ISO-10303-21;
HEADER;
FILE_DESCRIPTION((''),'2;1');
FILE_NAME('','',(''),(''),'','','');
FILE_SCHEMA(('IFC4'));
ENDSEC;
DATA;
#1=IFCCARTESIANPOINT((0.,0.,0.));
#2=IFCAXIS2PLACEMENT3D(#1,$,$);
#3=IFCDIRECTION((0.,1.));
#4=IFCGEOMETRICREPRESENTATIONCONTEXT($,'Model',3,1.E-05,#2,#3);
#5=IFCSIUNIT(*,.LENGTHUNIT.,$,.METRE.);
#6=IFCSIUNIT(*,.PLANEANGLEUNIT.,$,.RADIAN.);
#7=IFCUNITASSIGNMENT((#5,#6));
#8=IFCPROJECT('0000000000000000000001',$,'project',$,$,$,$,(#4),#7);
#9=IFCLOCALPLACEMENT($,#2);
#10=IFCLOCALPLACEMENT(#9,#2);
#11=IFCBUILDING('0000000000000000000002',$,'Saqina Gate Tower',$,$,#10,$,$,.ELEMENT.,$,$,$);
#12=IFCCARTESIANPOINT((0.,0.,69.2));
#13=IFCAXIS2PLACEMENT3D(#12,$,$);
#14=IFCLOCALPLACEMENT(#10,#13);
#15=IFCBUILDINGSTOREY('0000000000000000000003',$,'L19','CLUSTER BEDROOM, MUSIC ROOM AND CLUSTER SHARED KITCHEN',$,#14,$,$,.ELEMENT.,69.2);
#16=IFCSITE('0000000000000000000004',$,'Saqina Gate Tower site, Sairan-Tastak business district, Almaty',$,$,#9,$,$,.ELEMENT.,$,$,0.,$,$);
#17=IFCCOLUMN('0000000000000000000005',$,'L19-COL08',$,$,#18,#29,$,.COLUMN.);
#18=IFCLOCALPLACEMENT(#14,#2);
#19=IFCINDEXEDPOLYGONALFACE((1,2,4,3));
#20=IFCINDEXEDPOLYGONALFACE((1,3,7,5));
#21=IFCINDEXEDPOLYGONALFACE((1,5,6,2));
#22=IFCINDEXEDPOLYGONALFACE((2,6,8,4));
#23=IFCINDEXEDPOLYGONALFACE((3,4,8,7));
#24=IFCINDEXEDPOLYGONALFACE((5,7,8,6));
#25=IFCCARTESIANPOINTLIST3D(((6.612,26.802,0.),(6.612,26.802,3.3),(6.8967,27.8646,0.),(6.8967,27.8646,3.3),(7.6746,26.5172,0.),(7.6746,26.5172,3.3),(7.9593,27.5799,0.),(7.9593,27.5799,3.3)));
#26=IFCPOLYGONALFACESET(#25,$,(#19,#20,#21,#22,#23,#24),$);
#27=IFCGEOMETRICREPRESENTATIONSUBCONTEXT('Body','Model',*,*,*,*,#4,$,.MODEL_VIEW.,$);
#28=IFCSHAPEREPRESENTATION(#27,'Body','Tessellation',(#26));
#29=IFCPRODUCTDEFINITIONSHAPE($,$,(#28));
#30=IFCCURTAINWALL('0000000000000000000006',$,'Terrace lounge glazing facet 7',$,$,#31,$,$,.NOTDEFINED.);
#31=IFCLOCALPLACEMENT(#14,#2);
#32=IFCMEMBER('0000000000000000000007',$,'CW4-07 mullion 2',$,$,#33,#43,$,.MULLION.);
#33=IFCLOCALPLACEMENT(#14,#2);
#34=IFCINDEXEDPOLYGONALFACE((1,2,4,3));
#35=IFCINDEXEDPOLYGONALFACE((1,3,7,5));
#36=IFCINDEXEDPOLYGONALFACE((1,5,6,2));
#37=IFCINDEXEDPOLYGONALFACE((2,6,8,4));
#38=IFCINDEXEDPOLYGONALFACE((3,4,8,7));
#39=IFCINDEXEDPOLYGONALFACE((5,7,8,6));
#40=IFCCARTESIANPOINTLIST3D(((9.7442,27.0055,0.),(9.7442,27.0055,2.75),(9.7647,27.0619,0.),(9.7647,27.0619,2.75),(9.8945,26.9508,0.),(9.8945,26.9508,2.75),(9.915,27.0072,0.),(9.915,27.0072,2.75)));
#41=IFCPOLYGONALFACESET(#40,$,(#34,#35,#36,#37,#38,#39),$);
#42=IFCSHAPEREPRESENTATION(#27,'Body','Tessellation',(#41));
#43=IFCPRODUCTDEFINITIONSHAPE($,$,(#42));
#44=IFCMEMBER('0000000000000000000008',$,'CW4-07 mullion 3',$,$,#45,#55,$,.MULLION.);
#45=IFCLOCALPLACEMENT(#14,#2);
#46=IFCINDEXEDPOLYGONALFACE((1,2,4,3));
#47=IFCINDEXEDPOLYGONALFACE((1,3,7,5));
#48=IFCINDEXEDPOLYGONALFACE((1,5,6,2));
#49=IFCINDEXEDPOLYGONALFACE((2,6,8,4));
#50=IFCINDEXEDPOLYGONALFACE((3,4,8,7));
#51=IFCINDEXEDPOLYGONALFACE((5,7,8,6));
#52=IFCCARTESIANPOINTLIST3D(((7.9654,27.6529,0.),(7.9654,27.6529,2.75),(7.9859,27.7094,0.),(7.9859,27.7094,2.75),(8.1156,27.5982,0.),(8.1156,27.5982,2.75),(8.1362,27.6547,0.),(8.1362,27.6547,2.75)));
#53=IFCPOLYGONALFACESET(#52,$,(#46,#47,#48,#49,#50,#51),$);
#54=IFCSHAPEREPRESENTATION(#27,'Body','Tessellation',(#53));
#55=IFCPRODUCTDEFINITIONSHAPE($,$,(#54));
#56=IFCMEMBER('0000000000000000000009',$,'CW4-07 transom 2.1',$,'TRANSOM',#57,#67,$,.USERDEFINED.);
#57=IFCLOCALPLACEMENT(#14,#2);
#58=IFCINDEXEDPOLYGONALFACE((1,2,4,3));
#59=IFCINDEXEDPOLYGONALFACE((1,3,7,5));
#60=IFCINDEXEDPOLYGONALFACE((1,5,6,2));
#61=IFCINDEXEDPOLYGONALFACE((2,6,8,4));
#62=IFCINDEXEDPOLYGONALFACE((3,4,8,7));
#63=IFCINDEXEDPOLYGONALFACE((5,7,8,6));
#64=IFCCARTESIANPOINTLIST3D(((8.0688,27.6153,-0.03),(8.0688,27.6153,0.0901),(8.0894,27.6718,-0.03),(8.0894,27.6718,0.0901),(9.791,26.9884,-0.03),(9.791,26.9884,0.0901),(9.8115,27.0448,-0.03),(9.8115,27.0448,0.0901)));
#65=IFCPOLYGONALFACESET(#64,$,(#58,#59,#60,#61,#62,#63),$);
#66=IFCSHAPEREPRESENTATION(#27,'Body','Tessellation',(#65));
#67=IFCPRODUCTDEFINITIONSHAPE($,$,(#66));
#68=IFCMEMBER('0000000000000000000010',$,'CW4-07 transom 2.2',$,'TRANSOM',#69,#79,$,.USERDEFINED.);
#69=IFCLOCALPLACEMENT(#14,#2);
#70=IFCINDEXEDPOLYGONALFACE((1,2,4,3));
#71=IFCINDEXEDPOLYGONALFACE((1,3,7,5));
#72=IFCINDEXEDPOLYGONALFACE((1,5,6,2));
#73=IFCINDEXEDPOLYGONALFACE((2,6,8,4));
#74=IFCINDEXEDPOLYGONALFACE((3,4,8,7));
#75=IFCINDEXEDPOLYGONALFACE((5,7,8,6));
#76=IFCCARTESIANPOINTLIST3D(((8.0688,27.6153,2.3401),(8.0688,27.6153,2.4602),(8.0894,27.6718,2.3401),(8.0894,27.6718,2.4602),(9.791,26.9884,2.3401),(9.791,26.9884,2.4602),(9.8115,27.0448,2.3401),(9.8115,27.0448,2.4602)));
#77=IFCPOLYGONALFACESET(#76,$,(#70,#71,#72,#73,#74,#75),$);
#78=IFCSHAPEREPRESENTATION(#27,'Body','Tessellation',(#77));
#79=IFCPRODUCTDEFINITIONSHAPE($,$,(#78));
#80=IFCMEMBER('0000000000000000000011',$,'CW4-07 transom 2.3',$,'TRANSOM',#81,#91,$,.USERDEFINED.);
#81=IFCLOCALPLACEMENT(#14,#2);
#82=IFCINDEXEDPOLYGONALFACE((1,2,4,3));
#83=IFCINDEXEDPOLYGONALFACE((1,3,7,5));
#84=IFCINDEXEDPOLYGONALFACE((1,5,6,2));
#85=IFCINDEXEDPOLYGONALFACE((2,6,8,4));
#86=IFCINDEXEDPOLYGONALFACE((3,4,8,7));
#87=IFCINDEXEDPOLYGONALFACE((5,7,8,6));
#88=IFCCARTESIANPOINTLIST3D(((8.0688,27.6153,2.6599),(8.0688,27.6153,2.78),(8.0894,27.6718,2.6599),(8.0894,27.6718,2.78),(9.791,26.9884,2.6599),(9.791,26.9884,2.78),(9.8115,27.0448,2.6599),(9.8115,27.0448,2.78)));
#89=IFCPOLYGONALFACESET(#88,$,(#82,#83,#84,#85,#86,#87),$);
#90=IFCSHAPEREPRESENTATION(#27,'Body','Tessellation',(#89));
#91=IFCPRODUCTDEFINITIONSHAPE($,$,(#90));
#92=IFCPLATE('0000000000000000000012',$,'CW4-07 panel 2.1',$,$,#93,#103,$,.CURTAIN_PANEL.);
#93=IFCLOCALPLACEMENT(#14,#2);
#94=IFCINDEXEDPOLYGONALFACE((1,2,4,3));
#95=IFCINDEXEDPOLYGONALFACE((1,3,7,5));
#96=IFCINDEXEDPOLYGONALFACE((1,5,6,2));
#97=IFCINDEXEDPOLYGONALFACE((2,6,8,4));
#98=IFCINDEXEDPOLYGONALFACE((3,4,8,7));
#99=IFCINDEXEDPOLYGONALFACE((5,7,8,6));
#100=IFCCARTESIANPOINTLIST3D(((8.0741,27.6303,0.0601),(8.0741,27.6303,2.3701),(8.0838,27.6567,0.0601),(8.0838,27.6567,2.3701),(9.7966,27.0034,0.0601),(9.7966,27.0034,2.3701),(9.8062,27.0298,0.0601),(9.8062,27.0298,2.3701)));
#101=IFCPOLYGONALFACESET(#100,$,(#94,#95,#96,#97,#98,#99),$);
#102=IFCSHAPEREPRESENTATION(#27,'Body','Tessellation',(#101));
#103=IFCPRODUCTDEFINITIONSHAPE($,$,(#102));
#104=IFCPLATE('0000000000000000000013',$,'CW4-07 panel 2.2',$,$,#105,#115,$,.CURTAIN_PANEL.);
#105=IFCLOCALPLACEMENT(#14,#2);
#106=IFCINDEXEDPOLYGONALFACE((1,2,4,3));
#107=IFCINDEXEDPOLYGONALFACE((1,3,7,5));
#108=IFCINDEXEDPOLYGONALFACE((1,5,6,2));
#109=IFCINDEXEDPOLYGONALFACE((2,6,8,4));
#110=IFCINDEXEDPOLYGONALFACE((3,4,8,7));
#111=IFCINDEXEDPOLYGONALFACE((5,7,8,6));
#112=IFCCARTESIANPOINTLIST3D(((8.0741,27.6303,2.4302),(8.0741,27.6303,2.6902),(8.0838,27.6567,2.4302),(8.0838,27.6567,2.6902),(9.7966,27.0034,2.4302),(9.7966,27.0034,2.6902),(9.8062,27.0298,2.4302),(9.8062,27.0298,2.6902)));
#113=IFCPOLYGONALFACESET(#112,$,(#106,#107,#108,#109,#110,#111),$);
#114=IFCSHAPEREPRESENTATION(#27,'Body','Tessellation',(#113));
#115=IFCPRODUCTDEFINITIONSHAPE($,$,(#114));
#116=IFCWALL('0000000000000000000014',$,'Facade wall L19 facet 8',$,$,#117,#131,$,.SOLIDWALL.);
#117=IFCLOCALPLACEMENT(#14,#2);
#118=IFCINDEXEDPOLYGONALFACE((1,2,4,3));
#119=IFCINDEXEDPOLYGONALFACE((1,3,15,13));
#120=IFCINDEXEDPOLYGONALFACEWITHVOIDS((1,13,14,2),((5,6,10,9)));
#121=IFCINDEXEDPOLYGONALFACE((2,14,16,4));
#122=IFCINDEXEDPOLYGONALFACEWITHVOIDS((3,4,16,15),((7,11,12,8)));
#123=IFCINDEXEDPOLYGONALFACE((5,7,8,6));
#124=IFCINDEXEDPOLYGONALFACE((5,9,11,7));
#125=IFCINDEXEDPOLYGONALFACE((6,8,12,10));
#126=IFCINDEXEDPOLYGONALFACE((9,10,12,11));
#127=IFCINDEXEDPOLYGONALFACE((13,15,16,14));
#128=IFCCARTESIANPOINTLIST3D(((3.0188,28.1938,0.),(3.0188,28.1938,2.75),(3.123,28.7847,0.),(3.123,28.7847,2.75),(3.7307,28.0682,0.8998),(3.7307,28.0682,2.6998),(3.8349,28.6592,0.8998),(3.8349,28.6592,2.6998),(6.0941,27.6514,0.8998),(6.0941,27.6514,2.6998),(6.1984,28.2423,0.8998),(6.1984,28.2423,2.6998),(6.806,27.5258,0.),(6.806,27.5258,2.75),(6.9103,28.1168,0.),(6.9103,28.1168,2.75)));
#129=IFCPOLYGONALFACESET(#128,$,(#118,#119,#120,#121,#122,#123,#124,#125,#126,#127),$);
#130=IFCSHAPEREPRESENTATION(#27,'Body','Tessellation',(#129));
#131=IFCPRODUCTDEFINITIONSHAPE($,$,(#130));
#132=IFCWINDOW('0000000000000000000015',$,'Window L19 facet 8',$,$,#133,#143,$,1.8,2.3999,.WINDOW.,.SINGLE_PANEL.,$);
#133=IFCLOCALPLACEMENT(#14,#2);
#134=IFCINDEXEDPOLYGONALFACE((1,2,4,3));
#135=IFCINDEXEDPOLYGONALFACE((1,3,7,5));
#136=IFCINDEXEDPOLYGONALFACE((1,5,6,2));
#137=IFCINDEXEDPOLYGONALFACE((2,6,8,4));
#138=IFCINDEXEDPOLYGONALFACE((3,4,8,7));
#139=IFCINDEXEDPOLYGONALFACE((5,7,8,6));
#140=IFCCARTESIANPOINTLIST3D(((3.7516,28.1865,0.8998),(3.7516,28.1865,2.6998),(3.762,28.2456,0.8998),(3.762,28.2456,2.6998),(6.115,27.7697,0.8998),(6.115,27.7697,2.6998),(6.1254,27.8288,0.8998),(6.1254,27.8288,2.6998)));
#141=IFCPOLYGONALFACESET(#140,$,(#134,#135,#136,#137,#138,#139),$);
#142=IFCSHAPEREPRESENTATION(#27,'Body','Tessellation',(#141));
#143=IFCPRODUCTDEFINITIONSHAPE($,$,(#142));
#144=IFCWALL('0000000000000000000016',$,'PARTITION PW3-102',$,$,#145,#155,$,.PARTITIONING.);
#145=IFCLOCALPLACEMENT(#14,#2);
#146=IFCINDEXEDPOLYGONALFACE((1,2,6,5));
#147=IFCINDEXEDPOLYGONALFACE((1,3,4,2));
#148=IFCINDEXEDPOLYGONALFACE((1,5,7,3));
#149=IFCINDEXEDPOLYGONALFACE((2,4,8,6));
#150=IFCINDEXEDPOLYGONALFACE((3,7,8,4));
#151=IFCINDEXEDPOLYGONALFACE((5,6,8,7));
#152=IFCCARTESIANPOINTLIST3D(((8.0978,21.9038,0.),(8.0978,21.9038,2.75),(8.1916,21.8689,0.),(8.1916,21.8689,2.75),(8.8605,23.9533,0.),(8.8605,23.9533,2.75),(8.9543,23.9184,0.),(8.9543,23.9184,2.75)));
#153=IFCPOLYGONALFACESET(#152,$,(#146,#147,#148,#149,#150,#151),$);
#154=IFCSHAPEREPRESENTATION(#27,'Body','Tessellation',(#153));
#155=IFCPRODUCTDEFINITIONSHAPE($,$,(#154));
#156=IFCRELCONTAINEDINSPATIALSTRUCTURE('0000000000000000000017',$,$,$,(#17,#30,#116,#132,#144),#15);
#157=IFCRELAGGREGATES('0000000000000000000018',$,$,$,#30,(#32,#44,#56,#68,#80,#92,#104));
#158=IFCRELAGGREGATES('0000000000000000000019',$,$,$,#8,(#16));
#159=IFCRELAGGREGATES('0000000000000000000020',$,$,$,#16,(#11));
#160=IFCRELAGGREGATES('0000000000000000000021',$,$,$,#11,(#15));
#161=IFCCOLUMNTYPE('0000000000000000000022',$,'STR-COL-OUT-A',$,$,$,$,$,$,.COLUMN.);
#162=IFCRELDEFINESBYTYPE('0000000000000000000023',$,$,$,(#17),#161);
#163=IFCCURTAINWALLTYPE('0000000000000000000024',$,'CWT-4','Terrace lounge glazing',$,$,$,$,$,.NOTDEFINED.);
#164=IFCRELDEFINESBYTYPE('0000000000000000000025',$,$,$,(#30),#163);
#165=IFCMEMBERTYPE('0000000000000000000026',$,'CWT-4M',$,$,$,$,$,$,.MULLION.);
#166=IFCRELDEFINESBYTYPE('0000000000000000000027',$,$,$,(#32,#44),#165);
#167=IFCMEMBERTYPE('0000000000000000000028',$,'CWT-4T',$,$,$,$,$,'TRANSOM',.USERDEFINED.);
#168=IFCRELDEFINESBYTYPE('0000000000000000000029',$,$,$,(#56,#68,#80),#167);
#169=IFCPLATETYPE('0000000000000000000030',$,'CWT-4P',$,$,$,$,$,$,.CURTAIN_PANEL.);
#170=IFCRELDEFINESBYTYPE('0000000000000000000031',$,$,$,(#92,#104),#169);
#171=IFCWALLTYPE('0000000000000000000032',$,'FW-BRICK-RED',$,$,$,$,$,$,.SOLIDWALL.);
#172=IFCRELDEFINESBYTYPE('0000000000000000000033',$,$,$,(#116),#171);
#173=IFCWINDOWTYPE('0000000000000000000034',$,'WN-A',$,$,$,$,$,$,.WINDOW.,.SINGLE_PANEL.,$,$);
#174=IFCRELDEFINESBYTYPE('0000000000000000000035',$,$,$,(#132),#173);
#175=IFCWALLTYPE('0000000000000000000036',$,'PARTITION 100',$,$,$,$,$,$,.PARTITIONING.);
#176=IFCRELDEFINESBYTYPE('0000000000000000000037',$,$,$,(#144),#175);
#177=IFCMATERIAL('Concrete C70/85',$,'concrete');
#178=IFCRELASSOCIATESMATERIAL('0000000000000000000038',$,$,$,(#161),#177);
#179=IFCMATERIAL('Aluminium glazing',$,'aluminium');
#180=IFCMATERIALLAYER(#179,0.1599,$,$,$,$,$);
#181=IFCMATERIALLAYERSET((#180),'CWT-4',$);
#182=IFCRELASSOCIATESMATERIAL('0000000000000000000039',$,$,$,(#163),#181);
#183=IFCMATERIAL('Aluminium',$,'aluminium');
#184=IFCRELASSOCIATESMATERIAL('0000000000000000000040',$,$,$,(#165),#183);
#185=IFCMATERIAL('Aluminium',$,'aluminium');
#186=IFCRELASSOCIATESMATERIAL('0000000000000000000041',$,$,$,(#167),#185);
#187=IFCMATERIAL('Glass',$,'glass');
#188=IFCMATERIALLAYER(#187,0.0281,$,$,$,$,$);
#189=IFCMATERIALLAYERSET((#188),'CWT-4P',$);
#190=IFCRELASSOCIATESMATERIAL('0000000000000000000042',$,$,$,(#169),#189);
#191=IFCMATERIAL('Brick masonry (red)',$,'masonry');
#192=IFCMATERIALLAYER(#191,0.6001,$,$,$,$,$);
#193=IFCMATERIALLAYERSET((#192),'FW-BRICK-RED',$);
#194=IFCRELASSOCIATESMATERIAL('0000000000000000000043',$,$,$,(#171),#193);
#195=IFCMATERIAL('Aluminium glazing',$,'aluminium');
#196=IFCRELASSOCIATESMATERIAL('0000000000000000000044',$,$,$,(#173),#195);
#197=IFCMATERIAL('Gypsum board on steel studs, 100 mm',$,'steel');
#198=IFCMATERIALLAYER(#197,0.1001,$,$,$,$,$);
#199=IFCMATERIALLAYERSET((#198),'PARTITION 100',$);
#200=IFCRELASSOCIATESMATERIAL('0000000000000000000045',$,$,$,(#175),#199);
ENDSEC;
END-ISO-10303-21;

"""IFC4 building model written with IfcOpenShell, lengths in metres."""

from ifc_helpers import new_model, si_unit, direction, frame, frame_2d, origin, origin_2d, place, context, subcontext, project, spatial, rectangle, extrude, material, layer, layer_set, material_profile, profile_set, type_object, element, fill, aggregate, save


model = new_model("IFC4")

# Units and contexts
model_context = context("Model", 3, precision=1e-05, world=origin(), true_north=direction((0.0, 1.0)))
body_context = subcontext(model_context, "Body", "Model", "MODEL_VIEW")
ifc_project = project(units=[si_unit("LENGTHUNIT", "METRE"), si_unit("PLANEANGLEUNIT", "RADIAN")], contexts=[model_context])

# Site, building, storey
site_placement = place(None, origin())
site = spatial("IfcSite", under=ifc_project, at=site_placement, Name="Saqina Gate Tower site, Sairan-Tastak business district, Almaty", CompositionType="ELEMENT", RefElevation=0.0)
building_placement = place(site_placement, origin())
building = spatial("IfcBuilding", under=site, at=building_placement, Name="Saqina Gate Tower", CompositionType="ELEMENT")
storey_placement = place(building_placement, frame((0.0, 0.0, 69.2)))
storey = spatial("IfcBuildingStorey", under=building, at=storey_placement, Name="L19", Description="CLUSTER BEDROOM, MUSIC ROOM AND CLUSTER SHARED KITCHEN", CompositionType="ELEMENT", Elevation=69.2)

# Column
ifc_material_1 = material(Name="Concrete C70/85", Category="concrete")
ifc_material_profile_1 = material_profile(ifc_material_1, rectangle(XDim=1.1001, YDim=1.1001, at=origin_2d()), Name="RC 1100x1100")
ifc_profile_set_1 = profile_set([ifc_material_profile_1], Name="Concrete C70/85")
column_type = type_object("IfcColumnType", Name="STR-COL-OUT-A", PredefinedType="COLUMN", material=ifc_profile_set_1)
column_placement = place(storey_placement, frame((7.2856, 27.1909, 0.0), z_axis=(0.0, 0.0, 1.0), x_axis=(0.258819, 0.965926, 0.0)))
element("IfcColumn", 1, at=column_placement, inside=storey, type_object=column_type, Name="L19-COL08", PredefinedType="COLUMN", context=body_context, shape_type="SweptSolid", body=[
    extrude(rectangle(XDim=1.1001, YDim=1.1001, at=origin_2d()), origin(), (0.0, 0.0, 1.0), 3.3),
])

# Curtain wall, members, plates
ifc_material_2 = material(Name="Aluminium glazing", Category="aluminium")
ifc_layer_1 = layer(ifc_material_2, 0.1599)
ifc_layer_set_1 = layer_set([ifc_layer_1], Name="CWT-4")
curtain_wall_type = type_object("IfcCurtainWallType", Name="CWT-4", Description="Terrace lounge glazing", PredefinedType="NOTDEFINED", material=ifc_layer_set_1)
curtain_wall_placement = place(storey_placement, origin())
curtain_wall = element("IfcCurtainWall", 2, at=curtain_wall_placement, inside=storey, type_object=curtain_wall_type, Name="Terrace lounge glazing facet 7", PredefinedType="NOTDEFINED")
ifc_material_3 = material(Name="Aluminium", Category="aluminium")
ifc_material_profile_2 = material_profile(ifc_material_3, rectangle(XDim=0.0601, YDim=0.1599, at=origin_2d()), Name="Aluminium 60x160")
ifc_profile_set_2 = profile_set([ifc_material_profile_2], Name="Aluminium")
member_type_1 = type_object("IfcMemberType", Name="CWT-4M", PredefinedType="MULLION", material=ifc_profile_set_2)
member_1_placement = place(storey_placement, frame((9.8296, 27.0063, 0.0), z_axis=(0.0, 0.0, 1.0), x_axis=(-0.342008, -0.939697, 0.0)))
member_1 = element("IfcMember", 3, at=member_1_placement, type_object=member_type_1, Name="CW4-07 mullion 2", PredefinedType="MULLION", context=body_context, shape_type="SweptSolid", body=[
    extrude(rectangle(XDim=0.0601, YDim=0.1599, at=origin_2d()), origin(), (0.0, 0.0, 1.0), 2.75),
])
member_2_placement = place(storey_placement, frame((8.0508, 27.6538, 0.0), z_axis=(0.0, 0.0, 1.0), x_axis=(-0.342008, -0.939697, 0.0)))
member_2 = element("IfcMember", 4, at=member_2_placement, type_object=member_type_1, Name="CW4-07 mullion 3", PredefinedType="MULLION", context=body_context, shape_type="SweptSolid", body=[
    extrude(rectangle(XDim=0.0601, YDim=0.1599, at=origin_2d()), origin(), (0.0, 0.0, 1.0), 2.75),
])
ifc_material_4 = material(Name="Aluminium", Category="aluminium")
ifc_material_profile_3 = material_profile(ifc_material_4, rectangle(XDim=0.0601, YDim=0.1201, at=origin_2d()), Name="Aluminium 60x120")
ifc_profile_set_3 = profile_set([ifc_material_profile_3], Name="Aluminium")
member_type_2 = type_object("IfcMemberType", Name="CWT-4T", ElementType="TRANSOM", PredefinedType="USERDEFINED", material=ifc_profile_set_3)
member_3_placement = place(storey_placement, frame((9.8013, 27.0166, 0.03), z_axis=(-0.939669, 0.342085, 0.0), x_axis=(-0.342085, -0.939669, 0.0)))
member_3 = element("IfcMember", 5, at=member_3_placement, type_object=member_type_2, Name="CW4-07 transom 2.1", ObjectType="TRANSOM", PredefinedType="USERDEFINED", context=body_context, shape_type="SweptSolid", body=[
    extrude(rectangle(XDim=0.0601, YDim=0.1201, at=origin_2d()), origin(), (0.0, 0.0, 1.0), 1.8328),
])
member_4_placement = place(storey_placement, frame((9.8013, 27.0166, 2.4001), z_axis=(-0.939669, 0.342085, 0.0), x_axis=(-0.342085, -0.939669, 0.0)))
member_4 = element("IfcMember", 6, at=member_4_placement, type_object=member_type_2, Name="CW4-07 transom 2.2", ObjectType="TRANSOM", PredefinedType="USERDEFINED", context=body_context, shape_type="SweptSolid", body=[
    extrude(rectangle(XDim=0.0601, YDim=0.1201, at=origin_2d()), origin(), (0.0, 0.0, 1.0), 1.8328),
])
member_5_placement = place(storey_placement, frame((9.8013, 27.0166, 2.72), z_axis=(-0.939669, 0.342085, 0.0), x_axis=(-0.342085, -0.939669, 0.0)))
member_5 = element("IfcMember", 7, at=member_5_placement, type_object=member_type_2, Name="CW4-07 transom 2.3", ObjectType="TRANSOM", PredefinedType="USERDEFINED", context=body_context, shape_type="SweptSolid", body=[
    extrude(rectangle(XDim=0.0601, YDim=0.1201, at=origin_2d()), origin(), (0.0, 0.0, 1.0), 1.8328),
])
ifc_material_5 = material(Name="Glass", Category="glass")
ifc_layer_2 = layer(ifc_material_5, 0.0281)
ifc_layer_set_2 = layer_set([ifc_layer_2], Name="CWT-4P")
plate_type = type_object("IfcPlateType", Name="CWT-4P", PredefinedType="CURTAIN_PANEL", material=ifc_layer_set_2)
plate_1_placement = place(storey_placement, frame((8.9402, 27.3301, 0.0601), z_axis=(0.0, 0.0, 1.0), x_axis=(-0.939697, 0.342008, 0.0)))
plate_1 = element("IfcPlate", 8, at=plate_1_placement, type_object=plate_type, Name="CW4-07 panel 2.1", PredefinedType="CURTAIN_PANEL", context=body_context, shape_type="SweptSolid", body=[
    extrude(rectangle(XDim=1.833, YDim=0.0281, at=origin_2d()), origin(), (0.0, 0.0, 1.0), 2.3101),
])
plate_2_placement = place(storey_placement, frame((8.9402, 27.3301, 2.4302), z_axis=(0.0, 0.0, 1.0), x_axis=(-0.939697, 0.342008, 0.0)))
plate_2 = element("IfcPlate", 9, at=plate_2_placement, type_object=plate_type, Name="CW4-07 panel 2.2", PredefinedType="CURTAIN_PANEL", context=body_context, shape_type="SweptSolid", body=[
    extrude(rectangle(XDim=1.833, YDim=0.0281, at=origin_2d()), origin(), (0.0, 0.0, 1.0), 0.26),
])
aggregate(curtain_wall, [member_1, member_2, member_3, member_4, member_5, plate_1, plate_2])

# Wall, opening, window
ifc_material_6 = material(Name="Brick masonry (red)", Category="masonry")
ifc_layer_3 = layer(ifc_material_6, 0.6001)
ifc_layer_set_3 = layer_set([ifc_layer_3], Name="FW-BRICK-RED")
wall_type_1 = type_object("IfcWallType", Name="FW-BRICK-RED", PredefinedType="SOLIDWALL", material=ifc_layer_set_3)
wall_1_placement = place(storey_placement, frame((6.8582, 27.8213, 0.0), z_axis=(0.0, 0.0, 1.0), x_axis=(-0.984801, 0.173688, 0.0)))
wall_1 = element("IfcWall", 10, at=wall_1_placement, inside=storey, type_object=wall_type_1, Name="Facade wall L19 facet 8", PredefinedType="SOLIDWALL", context=body_context, shape_type="SweptSolid", body=[
    extrude(rectangle(XDim=3.8457, YDim=0.6001, at=frame_2d((1.9229, 0.0))), origin(), (0.0, 0.0, 1.0), 2.75),
])
opening_1_placement = place(wall_1_placement, frame((0.7229, 0.0, 0.8999)))
opening_1 = element("IfcOpeningElement", 11, at=opening_1_placement, cuts=wall_1, PredefinedType="OPENING", context=body_context, shape_type="SweptSolid", body=[
    extrude(rectangle(XDim=2.3999, YDim=1.8, at=frame_2d((1.2, 0.8999))), frame((0.0, 0.312, 0.0), z_axis=(0.0, -1.0, 0.0), x_axis=(1.0, 0.0, 0.0)), (0.0, 0.0, 1.0), 0.624),
])
ifc_material_7 = material(Name="Aluminium glazing", Category="aluminium")
window_type = type_object("IfcWindowType", Name="WN-A", PartitioningType="SINGLE_PANEL", PredefinedType="WINDOW", material=ifc_material_7)
window_placement = place(opening_1_placement, origin())
window = element("IfcWindow", 12, at=window_placement, inside=storey, type_object=window_type, Name="Window L19 facet 8", OverallHeight=1.8, OverallWidth=2.3999, PartitioningType="SINGLE_PANEL", PredefinedType="WINDOW", context=body_context, shape_type="SweptSolid", body=[
    extrude(rectangle(XDim=2.3999, YDim=1.8, at=frame_2d((1.2, 0.8999))), frame((0.0, 0.1799, 0.0), z_axis=(0.0, -1.0, 0.0), x_axis=(1.0, 0.0, 0.0)), (0.0, 0.0, 1.0), 0.0601),
])
fill(opening_1, window)

# Wall
ifc_material_8 = material(Name="Gypsum board on steel studs, 100 mm", Category="steel")
ifc_layer_4 = layer(ifc_material_8, 0.1001)
ifc_layer_set_4 = layer_set([ifc_layer_4], Name="PARTITION 100")
wall_type_2 = type_object("IfcWallType", Name="PARTITION 100", PredefinedType="PARTITIONING", material=ifc_layer_set_4)
wall_2_placement = place(storey_placement, frame((8.1448, 21.8865, 0.0), z_axis=(0.0, 0.0, 1.0), x_axis=(0.348761, 0.937212, 0.0)))
element("IfcWall", 13, at=wall_2_placement, inside=storey, type_object=wall_type_2, Name="PARTITION PW3-102", PredefinedType="PARTITIONING", context=body_context, shape_type="SweptSolid", body=[
    extrude(rectangle(XDim=2.1868, YDim=0.1001, at=frame_2d((1.0933, 0.0))), origin(), (0.0, 0.0, 1.0), 2.75),
])

save(model, "model.ifc")
